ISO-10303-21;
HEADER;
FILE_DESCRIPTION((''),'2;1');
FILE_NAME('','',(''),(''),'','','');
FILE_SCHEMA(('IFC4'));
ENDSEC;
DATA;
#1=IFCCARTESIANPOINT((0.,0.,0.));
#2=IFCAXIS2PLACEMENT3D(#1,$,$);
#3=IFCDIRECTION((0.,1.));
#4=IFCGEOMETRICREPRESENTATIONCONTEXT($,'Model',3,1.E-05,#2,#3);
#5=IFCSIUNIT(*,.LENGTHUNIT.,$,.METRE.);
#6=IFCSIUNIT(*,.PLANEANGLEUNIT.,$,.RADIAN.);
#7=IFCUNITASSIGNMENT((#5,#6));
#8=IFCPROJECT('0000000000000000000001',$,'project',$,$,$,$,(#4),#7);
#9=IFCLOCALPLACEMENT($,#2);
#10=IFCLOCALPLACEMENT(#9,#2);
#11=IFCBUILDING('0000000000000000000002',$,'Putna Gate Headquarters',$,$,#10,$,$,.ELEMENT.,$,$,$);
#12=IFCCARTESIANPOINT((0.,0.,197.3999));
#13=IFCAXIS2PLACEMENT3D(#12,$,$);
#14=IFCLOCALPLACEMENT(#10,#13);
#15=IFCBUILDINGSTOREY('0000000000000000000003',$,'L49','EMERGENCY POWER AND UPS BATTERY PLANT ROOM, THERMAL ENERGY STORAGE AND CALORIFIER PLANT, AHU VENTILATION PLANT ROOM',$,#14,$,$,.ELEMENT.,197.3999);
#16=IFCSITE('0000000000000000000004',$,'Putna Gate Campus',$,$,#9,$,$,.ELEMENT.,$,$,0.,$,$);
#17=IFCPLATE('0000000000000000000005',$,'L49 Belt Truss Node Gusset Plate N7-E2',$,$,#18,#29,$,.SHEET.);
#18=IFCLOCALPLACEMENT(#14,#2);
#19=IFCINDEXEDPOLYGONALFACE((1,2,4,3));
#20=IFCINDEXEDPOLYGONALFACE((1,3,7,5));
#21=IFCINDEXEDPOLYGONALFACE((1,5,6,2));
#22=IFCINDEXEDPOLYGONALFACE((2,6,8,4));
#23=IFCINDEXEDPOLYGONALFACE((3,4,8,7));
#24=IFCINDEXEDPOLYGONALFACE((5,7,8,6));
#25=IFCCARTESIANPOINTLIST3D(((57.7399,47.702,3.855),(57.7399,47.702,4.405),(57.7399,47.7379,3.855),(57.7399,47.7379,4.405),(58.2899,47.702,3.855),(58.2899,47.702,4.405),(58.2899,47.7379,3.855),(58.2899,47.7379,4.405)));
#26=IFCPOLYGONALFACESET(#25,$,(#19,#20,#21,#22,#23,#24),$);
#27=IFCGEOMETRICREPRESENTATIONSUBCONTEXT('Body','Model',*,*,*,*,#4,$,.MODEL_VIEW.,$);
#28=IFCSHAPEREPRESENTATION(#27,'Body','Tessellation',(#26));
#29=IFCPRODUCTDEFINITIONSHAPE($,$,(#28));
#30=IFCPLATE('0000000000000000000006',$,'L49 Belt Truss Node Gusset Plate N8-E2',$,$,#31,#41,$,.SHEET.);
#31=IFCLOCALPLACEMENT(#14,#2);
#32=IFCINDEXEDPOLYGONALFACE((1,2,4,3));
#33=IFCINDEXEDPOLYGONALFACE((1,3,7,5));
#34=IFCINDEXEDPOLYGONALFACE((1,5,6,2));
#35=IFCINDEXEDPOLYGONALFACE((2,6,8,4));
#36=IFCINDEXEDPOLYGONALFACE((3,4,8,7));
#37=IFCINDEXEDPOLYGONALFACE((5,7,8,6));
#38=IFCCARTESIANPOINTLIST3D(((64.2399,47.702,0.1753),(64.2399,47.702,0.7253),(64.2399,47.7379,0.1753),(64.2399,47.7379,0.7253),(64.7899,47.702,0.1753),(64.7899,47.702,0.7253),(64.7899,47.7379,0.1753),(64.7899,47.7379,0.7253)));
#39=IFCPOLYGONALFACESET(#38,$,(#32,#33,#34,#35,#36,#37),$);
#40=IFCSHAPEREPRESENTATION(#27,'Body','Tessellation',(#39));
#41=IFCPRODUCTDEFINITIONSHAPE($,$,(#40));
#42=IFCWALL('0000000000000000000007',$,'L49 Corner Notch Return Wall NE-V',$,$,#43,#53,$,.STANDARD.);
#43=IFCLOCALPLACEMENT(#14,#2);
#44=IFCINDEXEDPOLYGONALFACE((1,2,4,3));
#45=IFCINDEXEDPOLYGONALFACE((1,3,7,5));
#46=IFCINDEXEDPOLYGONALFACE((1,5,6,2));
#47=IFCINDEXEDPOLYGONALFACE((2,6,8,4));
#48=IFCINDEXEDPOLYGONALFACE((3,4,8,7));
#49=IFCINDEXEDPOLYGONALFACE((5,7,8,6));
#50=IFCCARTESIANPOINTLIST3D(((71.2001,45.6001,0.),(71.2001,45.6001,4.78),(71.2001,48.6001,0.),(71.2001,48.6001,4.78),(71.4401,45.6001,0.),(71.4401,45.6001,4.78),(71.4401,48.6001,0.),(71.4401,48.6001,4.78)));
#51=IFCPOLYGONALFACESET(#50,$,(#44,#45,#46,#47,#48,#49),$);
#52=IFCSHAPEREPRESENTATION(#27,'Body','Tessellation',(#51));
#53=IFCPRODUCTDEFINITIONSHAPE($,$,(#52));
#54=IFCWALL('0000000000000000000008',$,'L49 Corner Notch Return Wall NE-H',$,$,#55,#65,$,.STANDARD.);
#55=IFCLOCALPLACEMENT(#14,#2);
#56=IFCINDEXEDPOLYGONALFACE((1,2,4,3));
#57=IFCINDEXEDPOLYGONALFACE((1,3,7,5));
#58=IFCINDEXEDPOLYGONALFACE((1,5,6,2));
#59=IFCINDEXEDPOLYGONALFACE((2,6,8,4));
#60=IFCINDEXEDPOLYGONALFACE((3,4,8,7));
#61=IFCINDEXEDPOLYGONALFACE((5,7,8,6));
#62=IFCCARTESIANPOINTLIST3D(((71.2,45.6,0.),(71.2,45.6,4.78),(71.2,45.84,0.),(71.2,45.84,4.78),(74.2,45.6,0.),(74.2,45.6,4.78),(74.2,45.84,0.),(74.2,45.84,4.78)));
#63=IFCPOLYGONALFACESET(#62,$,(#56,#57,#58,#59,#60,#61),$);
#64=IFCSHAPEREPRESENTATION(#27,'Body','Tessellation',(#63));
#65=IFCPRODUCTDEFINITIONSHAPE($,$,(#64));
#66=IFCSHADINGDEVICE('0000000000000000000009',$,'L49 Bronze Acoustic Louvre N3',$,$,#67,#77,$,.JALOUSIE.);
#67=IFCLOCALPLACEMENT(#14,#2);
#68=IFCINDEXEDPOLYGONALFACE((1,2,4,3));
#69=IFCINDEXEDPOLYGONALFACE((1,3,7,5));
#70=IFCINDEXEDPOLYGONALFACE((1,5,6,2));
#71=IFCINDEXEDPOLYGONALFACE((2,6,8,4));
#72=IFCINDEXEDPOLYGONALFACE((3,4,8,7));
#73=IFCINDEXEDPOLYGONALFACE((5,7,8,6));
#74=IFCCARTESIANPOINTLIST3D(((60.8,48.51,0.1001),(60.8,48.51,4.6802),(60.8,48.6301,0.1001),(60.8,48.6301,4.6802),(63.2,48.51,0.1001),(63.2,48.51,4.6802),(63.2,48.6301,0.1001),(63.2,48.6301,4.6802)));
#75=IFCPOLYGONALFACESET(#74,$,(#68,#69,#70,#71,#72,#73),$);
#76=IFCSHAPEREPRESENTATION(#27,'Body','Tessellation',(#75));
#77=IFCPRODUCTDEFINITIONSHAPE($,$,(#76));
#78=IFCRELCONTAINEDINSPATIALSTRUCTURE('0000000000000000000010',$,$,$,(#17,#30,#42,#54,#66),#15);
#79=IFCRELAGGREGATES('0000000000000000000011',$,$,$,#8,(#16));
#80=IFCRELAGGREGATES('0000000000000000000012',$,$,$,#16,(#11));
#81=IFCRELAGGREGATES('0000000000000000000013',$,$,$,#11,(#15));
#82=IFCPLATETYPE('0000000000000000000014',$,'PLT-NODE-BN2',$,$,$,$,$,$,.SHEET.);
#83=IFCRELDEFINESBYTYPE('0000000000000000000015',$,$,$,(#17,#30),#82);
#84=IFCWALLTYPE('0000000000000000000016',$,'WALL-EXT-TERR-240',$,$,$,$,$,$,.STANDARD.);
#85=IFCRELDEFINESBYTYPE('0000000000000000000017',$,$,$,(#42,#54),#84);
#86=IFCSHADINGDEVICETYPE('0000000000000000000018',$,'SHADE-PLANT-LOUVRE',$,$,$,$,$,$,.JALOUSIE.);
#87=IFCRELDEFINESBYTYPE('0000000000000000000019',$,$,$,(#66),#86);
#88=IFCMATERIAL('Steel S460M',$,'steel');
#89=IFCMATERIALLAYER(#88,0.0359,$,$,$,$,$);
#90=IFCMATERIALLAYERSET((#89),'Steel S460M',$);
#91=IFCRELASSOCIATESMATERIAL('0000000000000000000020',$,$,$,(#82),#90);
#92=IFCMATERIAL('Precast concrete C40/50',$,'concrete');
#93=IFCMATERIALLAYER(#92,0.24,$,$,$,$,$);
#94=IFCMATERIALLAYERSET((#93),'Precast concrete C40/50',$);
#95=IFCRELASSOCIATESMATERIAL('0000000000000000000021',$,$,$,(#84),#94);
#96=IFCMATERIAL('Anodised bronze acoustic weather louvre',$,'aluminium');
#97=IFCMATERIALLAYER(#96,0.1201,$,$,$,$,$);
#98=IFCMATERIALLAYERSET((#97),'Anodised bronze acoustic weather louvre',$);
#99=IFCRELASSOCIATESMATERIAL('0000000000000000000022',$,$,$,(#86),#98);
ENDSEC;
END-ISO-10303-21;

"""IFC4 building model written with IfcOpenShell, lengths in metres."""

from ifc_helpers import new_model, si_unit, direction, frame, frame_2d, origin, origin_2d, place, context, subcontext, project, spatial, rectangle, extrude, material, layer, layer_set, type_object, element, save


model = new_model("IFC4")

# Units and contexts
model_context = context("Model", 3, precision=1e-05, world=origin(), true_north=direction((0.0, 1.0)))
body_context = subcontext(model_context, "Body", "Model", "MODEL_VIEW")
ifc_project = project(units=[si_unit("LENGTHUNIT", "METRE"), si_unit("PLANEANGLEUNIT", "RADIAN")], contexts=[model_context])

# Site, building, storey
site_placement = place(None, origin())
site = spatial("IfcSite", under=ifc_project, at=site_placement, Name="Putna Gate Campus", CompositionType="ELEMENT", RefElevation=0.0)
building_placement = place(site_placement, origin())
building = spatial("IfcBuilding", under=site, at=building_placement, Name="Putna Gate Headquarters", CompositionType="ELEMENT")
storey_placement = place(building_placement, frame((0.0, 0.0, 197.3999)))
storey = spatial("IfcBuildingStorey", under=building, at=storey_placement, Name="L49", Description="EMERGENCY POWER AND UPS BATTERY PLANT ROOM, THERMAL ENERGY STORAGE AND CALORIFIER PLANT, AHU VENTILATION PLANT ROOM", CompositionType="ELEMENT", Elevation=197.3999)

# Shared definitions
ifc_material_1 = material(Name="Steel S460M", Category="steel")

# Plates
ifc_layer_1 = layer(ifc_material_1, 0.0359)
ifc_layer_set_1 = layer_set([ifc_layer_1], Name="Steel S460M")
plate_type_1 = type_object("IfcPlateType", Name="PLT-NODE-BN2", PredefinedType="SHEET", material=ifc_layer_set_1)
for number, where, z_axis, x_axis, name in (
    (1, (58.0149, 47.72, 3.855), (0.0, 0.0, 1.0), (1.0, 0.0, 0.0), "L49 Belt Truss Node Gusset Plate N7-E2"),
    (2, (64.5149, 47.72, 0.1753), (0.0, 0.0, 1.0), (1.0, 0.0, 0.0), "L49 Belt Truss Node Gusset Plate N8-E2"),
):
    element("IfcPlate", number, at=place(storey_placement, frame(where, z_axis=z_axis, x_axis=x_axis)), inside=storey, type_object=plate_type_1, Name=name, PredefinedType="SHEET", context=body_context, shape_type="SweptSolid", body=[
        extrude(rectangle(XDim=0.55, YDim=0.0359, at=origin_2d()), origin(), (0.0, 0.0, 1.0), 0.55),
    ])

# Walls
ifc_material_2 = material(Name="Precast concrete C40/50", Category="concrete")
ifc_layer_2 = layer(ifc_material_2, 0.24)
ifc_layer_set_2 = layer_set([ifc_layer_2], Name="Precast concrete C40/50")
wall_type = type_object("IfcWallType", Name="WALL-EXT-TERR-240", PredefinedType="STANDARD", material=ifc_layer_set_2)
for number, where, z_axis, x_axis, name in (
    (3, (71.3201, 48.6001, 0.0), (0.0, 0.0, 1.0), (0.0, -1.0, 0.0), "L49 Corner Notch Return Wall NE-V"),
    (4, (71.2, 45.72, 0.0), (0.0, 0.0, 1.0), (1.0, 0.0, 0.0), "L49 Corner Notch Return Wall NE-H"),
):
    element("IfcWall", number, at=place(storey_placement, frame(where, z_axis=z_axis, x_axis=x_axis)), inside=storey, type_object=wall_type, Name=name, PredefinedType="STANDARD", context=body_context, shape_type="SweptSolid", body=[
        extrude(rectangle(XDim=3.0, YDim=0.24, at=frame_2d((1.5, 0.0))), origin(), (0.0, 0.0, 1.0), 4.78),
    ])

# Shading device
ifc_material_3 = material(Name="Anodised bronze acoustic weather louvre", Category="aluminium")
ifc_layer_3 = layer(ifc_material_3, 0.1201)
ifc_layer_set_3 = layer_set([ifc_layer_3], Name="Anodised bronze acoustic weather louvre")
shading_device_type = type_object("IfcShadingDeviceType", Name="SHADE-PLANT-LOUVRE", PredefinedType="JALOUSIE", material=ifc_layer_set_3)
shading_device_placement = place(storey_placement, frame((62.0, 48.5701, 0.1001), z_axis=(0.0, 0.0, 1.0), x_axis=(1.0, 0.0, 0.0)))
element("IfcShadingDevice", 5, at=shading_device_placement, inside=storey, type_object=shading_device_type, Name="L49 Bronze Acoustic Louvre N3", PredefinedType="JALOUSIE", context=body_context, shape_type="SweptSolid", body=[
    extrude(rectangle(XDim=2.3999, YDim=0.1201, at=origin_2d()), origin(), (0.0, 0.0, 1.0), 4.5801),
])

save(model, "model.ifc")
